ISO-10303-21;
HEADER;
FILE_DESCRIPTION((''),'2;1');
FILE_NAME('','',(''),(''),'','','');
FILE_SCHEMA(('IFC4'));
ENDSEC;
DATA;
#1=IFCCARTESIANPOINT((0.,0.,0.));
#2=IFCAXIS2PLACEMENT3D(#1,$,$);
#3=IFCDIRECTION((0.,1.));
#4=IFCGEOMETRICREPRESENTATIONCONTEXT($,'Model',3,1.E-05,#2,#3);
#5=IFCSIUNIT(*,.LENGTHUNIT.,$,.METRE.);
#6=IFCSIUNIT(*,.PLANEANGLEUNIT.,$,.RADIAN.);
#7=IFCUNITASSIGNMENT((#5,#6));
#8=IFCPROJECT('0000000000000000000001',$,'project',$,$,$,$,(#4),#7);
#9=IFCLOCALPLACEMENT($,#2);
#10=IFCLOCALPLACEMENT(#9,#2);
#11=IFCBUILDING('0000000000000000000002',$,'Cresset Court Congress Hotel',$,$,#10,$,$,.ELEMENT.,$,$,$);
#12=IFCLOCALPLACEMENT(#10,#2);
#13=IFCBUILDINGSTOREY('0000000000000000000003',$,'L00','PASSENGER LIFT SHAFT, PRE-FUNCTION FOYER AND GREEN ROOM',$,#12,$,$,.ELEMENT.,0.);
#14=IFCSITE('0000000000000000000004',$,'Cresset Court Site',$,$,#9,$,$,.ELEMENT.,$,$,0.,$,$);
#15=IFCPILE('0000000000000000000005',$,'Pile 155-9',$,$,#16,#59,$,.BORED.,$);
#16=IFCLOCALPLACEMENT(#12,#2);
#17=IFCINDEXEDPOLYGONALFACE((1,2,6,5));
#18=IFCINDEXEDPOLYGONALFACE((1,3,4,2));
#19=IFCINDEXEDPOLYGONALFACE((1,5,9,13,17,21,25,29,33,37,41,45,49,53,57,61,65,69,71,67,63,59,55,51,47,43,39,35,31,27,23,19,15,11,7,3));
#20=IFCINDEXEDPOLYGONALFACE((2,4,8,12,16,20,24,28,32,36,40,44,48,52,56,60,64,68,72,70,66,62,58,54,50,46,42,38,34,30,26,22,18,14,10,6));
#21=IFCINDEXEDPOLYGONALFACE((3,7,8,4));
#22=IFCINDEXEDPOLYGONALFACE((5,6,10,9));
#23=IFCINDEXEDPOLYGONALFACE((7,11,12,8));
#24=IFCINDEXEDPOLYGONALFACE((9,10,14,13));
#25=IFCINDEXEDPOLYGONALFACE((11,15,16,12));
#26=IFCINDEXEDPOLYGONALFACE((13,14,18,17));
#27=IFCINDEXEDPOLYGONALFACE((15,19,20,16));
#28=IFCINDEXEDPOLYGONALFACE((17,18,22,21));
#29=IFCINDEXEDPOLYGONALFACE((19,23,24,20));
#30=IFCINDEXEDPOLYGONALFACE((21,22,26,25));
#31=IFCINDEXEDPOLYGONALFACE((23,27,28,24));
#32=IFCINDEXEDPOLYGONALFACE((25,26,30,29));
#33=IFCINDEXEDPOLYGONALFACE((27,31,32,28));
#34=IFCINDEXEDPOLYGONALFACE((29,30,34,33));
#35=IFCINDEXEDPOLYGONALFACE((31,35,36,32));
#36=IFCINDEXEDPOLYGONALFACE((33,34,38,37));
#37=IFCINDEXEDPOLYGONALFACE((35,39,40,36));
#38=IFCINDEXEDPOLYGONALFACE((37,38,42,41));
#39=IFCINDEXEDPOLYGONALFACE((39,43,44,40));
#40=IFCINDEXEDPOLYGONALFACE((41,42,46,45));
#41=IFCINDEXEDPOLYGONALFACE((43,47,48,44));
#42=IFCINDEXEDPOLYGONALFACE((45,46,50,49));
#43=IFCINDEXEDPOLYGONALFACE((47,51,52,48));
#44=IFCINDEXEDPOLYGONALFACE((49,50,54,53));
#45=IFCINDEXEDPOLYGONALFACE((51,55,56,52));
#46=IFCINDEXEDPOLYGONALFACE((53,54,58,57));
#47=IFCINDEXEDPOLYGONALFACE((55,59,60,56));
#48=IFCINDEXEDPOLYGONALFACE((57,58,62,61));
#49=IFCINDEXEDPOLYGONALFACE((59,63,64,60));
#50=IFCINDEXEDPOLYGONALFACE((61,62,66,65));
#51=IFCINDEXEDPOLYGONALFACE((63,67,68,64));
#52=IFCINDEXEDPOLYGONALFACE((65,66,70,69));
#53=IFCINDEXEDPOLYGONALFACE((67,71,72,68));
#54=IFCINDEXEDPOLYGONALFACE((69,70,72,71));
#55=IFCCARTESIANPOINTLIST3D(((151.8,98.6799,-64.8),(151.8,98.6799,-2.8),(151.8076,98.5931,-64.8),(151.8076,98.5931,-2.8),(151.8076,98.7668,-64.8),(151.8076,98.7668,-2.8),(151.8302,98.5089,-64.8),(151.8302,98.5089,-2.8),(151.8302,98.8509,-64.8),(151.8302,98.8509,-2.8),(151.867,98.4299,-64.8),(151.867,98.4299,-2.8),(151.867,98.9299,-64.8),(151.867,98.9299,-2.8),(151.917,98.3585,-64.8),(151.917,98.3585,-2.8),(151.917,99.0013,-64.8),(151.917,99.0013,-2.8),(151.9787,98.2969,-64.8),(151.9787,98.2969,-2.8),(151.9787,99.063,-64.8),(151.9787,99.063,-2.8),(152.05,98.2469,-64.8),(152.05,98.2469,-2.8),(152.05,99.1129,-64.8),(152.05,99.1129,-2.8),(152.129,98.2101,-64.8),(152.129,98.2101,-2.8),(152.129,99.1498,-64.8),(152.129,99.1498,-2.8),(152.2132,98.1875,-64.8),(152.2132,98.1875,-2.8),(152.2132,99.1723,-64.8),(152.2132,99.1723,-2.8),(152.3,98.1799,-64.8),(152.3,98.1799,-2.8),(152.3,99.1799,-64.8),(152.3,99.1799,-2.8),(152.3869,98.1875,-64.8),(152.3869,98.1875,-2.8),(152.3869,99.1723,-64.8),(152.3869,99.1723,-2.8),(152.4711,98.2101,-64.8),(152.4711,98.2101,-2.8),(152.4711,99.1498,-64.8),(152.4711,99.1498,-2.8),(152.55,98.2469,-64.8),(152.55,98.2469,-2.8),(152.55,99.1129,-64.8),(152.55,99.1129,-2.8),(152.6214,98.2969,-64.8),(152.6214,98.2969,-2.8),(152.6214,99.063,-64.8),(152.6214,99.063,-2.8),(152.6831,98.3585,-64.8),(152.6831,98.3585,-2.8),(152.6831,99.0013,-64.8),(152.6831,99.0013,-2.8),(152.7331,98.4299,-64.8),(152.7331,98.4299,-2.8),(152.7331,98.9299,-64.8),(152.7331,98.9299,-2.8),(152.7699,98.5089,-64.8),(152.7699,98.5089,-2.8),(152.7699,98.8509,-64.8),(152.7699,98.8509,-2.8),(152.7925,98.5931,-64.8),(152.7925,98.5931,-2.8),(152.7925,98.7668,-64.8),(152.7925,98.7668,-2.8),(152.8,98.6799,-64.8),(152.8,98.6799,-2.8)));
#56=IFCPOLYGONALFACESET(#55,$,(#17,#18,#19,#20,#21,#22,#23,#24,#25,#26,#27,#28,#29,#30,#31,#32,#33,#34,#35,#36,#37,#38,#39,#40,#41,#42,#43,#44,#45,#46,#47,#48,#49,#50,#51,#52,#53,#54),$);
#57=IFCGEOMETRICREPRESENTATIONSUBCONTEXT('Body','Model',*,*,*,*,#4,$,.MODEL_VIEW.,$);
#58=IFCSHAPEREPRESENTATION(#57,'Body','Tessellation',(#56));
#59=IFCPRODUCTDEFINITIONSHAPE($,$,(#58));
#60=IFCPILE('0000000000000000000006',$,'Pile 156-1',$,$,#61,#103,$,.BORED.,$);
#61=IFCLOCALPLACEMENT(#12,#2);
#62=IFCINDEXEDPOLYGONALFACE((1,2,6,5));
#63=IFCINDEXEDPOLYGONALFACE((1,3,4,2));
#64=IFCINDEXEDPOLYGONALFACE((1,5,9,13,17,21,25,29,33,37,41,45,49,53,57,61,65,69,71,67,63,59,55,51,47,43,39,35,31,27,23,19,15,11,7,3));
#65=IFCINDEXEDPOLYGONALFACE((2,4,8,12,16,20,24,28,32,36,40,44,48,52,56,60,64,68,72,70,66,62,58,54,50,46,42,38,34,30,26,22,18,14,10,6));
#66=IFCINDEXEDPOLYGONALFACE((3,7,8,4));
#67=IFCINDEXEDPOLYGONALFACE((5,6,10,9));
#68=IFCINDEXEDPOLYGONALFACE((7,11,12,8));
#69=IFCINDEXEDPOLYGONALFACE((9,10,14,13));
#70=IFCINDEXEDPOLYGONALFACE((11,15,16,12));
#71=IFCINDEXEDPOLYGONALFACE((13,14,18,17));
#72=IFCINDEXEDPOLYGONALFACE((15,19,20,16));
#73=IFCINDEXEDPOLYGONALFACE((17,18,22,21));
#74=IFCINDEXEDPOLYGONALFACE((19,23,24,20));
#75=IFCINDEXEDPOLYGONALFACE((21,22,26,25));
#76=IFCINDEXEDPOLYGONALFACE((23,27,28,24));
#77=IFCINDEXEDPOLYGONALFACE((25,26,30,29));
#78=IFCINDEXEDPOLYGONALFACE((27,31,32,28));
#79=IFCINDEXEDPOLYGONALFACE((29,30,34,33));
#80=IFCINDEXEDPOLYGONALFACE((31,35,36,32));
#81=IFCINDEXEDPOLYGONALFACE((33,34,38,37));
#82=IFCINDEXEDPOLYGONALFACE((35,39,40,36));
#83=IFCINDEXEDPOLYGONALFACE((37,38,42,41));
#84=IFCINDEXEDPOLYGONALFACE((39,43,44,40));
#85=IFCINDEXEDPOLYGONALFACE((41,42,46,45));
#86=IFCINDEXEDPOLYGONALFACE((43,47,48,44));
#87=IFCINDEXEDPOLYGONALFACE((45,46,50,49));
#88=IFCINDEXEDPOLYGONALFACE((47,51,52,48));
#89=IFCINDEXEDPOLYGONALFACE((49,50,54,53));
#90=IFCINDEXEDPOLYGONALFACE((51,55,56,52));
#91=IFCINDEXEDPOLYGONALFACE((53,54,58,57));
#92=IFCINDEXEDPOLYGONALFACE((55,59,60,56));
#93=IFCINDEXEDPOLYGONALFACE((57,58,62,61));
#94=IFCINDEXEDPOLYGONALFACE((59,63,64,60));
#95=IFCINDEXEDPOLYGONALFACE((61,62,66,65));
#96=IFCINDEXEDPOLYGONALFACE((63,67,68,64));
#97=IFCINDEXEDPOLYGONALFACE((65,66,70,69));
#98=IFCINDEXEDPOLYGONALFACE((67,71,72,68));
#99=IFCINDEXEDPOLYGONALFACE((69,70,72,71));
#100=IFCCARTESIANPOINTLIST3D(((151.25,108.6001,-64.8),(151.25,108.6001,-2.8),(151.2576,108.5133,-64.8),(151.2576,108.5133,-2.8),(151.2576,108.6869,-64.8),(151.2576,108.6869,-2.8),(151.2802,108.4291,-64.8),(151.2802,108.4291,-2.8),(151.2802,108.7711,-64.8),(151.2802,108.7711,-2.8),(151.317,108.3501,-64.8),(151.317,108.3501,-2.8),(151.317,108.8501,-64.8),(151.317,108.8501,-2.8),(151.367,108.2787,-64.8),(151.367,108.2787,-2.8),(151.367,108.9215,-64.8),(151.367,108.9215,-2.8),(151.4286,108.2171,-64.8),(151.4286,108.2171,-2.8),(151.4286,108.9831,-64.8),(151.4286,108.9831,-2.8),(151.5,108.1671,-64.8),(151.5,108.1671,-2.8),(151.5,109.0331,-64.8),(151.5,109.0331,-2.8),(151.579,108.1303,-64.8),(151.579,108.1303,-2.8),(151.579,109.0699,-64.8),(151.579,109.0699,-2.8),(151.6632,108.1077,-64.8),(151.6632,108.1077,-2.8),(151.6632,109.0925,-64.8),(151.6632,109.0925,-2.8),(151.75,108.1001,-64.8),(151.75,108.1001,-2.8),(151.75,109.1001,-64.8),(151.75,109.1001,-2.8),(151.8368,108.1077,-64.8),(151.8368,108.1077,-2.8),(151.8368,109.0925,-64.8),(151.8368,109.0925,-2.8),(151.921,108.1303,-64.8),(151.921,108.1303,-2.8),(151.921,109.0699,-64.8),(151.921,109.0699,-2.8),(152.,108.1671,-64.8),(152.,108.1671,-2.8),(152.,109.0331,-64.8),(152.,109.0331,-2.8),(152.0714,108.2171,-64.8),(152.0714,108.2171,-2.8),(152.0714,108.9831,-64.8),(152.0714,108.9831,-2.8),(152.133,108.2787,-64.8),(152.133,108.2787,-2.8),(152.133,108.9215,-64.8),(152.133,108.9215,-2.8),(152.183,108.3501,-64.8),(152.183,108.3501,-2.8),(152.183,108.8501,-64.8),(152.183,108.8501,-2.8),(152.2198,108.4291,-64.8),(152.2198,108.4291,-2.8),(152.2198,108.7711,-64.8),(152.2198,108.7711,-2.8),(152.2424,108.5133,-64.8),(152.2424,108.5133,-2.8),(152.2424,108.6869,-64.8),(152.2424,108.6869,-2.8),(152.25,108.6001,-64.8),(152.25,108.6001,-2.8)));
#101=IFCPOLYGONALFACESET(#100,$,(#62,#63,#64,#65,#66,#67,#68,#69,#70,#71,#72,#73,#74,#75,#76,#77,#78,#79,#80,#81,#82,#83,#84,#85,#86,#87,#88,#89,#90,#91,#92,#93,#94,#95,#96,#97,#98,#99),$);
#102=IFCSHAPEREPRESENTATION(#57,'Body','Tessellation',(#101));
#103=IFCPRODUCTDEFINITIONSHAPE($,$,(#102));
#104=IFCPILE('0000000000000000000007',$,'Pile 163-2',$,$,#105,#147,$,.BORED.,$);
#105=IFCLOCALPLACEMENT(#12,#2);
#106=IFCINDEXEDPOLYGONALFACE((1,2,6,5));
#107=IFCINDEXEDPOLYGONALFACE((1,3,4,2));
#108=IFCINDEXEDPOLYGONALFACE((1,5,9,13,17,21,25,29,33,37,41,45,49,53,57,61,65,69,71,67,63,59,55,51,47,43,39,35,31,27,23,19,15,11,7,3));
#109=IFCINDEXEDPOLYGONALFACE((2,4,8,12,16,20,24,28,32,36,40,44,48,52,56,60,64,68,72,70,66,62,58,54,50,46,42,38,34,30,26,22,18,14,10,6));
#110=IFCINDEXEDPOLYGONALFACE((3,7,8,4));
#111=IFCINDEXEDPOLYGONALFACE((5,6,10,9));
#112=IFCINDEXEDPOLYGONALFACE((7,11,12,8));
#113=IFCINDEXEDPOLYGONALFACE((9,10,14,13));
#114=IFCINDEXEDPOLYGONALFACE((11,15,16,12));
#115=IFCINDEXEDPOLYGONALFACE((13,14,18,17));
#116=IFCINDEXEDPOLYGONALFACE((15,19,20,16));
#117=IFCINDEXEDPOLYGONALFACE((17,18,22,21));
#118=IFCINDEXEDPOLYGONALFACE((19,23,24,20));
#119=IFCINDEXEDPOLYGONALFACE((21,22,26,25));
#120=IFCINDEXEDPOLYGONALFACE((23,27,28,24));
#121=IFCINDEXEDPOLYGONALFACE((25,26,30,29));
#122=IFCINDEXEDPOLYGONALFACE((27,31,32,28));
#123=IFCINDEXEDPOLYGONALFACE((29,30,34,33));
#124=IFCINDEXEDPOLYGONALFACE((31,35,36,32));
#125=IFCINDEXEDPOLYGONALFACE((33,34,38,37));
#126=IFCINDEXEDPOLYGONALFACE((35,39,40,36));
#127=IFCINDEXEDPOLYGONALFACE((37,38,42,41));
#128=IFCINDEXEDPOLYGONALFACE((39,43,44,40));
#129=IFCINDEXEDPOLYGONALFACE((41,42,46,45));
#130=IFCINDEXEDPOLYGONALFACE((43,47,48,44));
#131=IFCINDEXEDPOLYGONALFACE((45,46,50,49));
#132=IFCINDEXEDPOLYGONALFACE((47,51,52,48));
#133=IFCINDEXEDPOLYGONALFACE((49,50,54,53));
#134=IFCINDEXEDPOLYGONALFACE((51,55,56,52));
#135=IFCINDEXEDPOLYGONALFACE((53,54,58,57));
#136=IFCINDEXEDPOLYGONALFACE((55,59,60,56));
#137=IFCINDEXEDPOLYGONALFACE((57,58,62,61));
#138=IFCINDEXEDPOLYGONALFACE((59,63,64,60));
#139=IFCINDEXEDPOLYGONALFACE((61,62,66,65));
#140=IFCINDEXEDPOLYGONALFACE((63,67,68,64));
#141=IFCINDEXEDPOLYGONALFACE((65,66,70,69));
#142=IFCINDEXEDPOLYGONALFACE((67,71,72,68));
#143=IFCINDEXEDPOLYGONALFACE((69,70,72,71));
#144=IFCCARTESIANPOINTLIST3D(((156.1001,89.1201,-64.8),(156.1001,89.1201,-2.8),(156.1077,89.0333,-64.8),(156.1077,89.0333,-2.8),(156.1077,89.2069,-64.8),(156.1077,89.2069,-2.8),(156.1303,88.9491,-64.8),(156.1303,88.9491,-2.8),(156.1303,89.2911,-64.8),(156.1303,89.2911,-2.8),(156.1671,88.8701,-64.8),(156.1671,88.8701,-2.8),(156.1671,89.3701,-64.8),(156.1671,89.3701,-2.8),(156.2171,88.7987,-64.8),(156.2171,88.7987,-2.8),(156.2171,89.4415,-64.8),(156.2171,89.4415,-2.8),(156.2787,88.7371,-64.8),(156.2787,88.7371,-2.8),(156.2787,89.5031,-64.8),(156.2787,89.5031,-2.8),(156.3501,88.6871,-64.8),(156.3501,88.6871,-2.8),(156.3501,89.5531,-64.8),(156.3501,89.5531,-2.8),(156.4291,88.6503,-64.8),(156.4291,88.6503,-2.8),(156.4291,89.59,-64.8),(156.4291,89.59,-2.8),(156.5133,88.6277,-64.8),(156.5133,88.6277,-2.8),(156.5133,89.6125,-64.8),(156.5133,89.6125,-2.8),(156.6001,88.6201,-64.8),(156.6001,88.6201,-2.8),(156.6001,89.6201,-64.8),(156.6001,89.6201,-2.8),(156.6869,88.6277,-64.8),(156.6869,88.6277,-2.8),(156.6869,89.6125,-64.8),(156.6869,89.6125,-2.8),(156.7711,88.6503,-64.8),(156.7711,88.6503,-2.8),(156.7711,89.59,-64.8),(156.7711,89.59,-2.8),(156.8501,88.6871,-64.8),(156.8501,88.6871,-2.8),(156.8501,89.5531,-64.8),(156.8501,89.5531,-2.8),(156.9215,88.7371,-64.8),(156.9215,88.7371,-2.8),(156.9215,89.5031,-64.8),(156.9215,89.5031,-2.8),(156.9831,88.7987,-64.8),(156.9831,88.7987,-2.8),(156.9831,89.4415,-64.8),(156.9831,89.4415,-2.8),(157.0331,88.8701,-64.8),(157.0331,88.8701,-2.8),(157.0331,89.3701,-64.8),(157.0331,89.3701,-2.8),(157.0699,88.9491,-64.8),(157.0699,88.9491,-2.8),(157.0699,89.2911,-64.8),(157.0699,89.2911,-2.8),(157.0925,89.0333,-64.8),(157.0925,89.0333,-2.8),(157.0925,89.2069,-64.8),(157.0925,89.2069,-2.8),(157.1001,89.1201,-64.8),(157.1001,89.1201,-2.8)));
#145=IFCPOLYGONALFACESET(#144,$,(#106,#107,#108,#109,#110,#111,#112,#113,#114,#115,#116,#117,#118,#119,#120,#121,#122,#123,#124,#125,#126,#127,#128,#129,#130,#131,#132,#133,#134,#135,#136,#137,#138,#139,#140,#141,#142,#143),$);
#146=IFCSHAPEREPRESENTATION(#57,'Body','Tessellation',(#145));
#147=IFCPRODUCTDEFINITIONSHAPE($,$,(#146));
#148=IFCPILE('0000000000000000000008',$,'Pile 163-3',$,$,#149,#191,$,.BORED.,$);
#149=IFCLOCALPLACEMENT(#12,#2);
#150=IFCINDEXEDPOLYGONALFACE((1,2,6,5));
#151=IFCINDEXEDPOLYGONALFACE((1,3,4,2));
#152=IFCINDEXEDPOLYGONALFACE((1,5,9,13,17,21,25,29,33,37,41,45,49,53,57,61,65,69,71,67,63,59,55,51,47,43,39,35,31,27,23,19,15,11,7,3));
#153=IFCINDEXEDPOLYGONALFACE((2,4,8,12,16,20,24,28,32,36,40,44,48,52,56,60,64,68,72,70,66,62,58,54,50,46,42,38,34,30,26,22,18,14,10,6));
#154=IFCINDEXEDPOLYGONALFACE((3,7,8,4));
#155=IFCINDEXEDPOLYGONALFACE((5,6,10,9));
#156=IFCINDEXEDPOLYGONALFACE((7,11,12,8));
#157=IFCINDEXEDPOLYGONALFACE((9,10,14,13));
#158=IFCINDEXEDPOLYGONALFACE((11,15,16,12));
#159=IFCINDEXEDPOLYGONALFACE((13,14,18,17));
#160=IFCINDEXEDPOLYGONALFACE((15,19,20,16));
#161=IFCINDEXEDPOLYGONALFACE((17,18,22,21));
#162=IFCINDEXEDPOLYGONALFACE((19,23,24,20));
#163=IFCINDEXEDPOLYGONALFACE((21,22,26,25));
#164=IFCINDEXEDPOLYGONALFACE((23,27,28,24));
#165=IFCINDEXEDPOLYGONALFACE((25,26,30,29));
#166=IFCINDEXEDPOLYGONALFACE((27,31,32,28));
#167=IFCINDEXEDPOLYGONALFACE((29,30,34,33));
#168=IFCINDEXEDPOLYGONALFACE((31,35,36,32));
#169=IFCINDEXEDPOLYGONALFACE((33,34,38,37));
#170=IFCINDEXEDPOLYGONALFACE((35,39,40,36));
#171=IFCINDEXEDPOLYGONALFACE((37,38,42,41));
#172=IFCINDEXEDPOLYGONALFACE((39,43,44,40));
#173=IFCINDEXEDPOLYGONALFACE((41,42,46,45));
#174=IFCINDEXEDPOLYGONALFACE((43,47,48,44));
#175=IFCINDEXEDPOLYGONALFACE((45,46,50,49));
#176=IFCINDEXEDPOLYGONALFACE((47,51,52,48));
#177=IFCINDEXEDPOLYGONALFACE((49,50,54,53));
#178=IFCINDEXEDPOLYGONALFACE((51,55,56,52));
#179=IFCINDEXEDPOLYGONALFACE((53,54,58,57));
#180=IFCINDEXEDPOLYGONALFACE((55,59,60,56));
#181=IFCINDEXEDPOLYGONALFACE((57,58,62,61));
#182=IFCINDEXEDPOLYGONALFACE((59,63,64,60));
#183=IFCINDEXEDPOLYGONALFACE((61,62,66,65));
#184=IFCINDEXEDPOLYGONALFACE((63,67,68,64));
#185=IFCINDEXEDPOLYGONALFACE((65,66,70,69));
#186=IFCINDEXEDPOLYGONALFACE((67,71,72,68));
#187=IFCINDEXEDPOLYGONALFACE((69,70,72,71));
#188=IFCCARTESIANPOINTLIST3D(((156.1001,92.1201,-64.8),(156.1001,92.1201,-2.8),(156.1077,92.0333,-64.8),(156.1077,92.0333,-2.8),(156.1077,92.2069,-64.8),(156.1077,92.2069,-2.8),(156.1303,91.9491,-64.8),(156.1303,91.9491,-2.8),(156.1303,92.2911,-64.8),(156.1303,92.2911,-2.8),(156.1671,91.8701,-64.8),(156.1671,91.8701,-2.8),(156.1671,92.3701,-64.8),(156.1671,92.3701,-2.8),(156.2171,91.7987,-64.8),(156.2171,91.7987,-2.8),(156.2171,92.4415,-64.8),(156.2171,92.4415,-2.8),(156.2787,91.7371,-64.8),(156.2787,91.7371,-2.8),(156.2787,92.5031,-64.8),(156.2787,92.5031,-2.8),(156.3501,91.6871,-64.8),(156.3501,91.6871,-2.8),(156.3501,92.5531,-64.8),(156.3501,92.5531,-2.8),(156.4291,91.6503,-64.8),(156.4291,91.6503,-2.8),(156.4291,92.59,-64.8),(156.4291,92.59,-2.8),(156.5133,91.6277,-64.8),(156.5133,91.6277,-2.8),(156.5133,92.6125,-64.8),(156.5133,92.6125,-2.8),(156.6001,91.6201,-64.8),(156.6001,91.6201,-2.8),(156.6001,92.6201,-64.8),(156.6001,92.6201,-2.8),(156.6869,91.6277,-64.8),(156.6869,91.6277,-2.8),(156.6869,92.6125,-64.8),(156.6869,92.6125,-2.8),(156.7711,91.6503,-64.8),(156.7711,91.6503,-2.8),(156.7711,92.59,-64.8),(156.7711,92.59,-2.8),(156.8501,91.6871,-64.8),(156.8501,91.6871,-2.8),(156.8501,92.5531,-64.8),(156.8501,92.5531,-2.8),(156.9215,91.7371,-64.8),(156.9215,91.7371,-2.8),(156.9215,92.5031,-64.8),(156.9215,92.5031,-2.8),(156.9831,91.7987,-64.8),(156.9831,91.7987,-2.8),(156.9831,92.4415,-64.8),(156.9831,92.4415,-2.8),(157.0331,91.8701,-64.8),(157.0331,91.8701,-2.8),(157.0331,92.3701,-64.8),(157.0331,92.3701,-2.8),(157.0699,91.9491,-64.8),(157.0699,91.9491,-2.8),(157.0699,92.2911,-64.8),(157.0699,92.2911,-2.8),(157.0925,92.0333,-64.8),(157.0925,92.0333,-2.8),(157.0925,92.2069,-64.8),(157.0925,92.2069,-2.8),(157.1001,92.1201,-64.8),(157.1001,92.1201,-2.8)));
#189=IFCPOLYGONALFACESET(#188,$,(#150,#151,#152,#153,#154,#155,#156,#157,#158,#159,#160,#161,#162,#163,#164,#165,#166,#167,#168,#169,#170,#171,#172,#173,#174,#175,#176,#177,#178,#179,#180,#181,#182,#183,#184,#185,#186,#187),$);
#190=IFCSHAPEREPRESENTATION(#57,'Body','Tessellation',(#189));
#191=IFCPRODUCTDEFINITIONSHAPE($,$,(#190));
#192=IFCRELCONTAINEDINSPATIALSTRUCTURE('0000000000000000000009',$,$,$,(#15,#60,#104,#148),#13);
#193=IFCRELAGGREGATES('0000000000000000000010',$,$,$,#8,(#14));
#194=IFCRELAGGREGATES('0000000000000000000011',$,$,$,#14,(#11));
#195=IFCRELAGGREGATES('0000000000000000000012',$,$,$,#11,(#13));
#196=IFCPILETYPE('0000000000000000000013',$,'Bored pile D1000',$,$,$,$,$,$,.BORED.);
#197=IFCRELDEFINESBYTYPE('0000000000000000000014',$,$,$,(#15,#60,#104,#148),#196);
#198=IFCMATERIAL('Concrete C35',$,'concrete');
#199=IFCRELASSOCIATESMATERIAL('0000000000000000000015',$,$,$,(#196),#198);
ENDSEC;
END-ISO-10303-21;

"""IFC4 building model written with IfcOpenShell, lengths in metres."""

from ifc_helpers import new_model, si_unit, direction, frame, origin, origin_2d, place, context, subcontext, project, spatial, circle, extrude, material, type_object, element, save


model = new_model("IFC4")

# Units and contexts
model_context = context("Model", 3, precision=1e-05, world=origin(), true_north=direction((0.0, 1.0)))
body_context = subcontext(model_context, "Body", "Model", "MODEL_VIEW")
ifc_project = project(units=[si_unit("LENGTHUNIT", "METRE"), si_unit("PLANEANGLEUNIT", "RADIAN")], contexts=[model_context])

# Site, building, storey
site_placement = place(None, origin())
site = spatial("IfcSite", under=ifc_project, at=site_placement, Name="Cresset Court Site", CompositionType="ELEMENT", RefElevation=0.0)
building_placement = place(site_placement, origin())
building = spatial("IfcBuilding", under=site, at=building_placement, Name="Cresset Court Congress Hotel", CompositionType="ELEMENT")
storey_placement = place(building_placement, origin())
storey = spatial("IfcBuildingStorey", under=building, at=storey_placement, Name="L00", Description="PASSENGER LIFT SHAFT, PRE-FUNCTION FOYER AND GREEN ROOM", CompositionType="ELEMENT", Elevation=0.0)

# Piles
ifc_material_1 = material(Name="Concrete C35", Category="concrete")
pile_type = type_object("IfcPileType", Name="Bored pile D1000", PredefinedType="BORED", material=ifc_material_1)
for number, where, z_axis, x_axis, name in (
    (1, (152.3, 98.6799, -2.8), (0.0, 0.0, -1.0), (1.0, 0.0, 0.0), "Pile 155-9"),
    (2, (151.75, 108.6001, -2.8), (0.0, 0.0, -1.0), (1.0, 0.0, 0.0), "Pile 156-1"),
    (3, (156.6001, 89.1201, -2.8), (0.0, 0.0, -1.0), (1.0, 0.0, 0.0), "Pile 163-2"),
    (4, (156.6001, 92.1201, -2.8), (0.0, 0.0, -1.0), (1.0, 0.0, 0.0), "Pile 163-3"),
):
    element("IfcPile", number, at=place(storey_placement, frame(where, z_axis=z_axis, x_axis=x_axis)), inside=storey, type_object=pile_type, Name=name, PredefinedType="BORED", context=body_context, shape_type="SweptSolid", body=[
        extrude(circle(Radius=0.5, at=origin_2d()), origin(), (0.0, 0.0, 1.0), 62.0),
    ])

save(model, "model.ifc")
